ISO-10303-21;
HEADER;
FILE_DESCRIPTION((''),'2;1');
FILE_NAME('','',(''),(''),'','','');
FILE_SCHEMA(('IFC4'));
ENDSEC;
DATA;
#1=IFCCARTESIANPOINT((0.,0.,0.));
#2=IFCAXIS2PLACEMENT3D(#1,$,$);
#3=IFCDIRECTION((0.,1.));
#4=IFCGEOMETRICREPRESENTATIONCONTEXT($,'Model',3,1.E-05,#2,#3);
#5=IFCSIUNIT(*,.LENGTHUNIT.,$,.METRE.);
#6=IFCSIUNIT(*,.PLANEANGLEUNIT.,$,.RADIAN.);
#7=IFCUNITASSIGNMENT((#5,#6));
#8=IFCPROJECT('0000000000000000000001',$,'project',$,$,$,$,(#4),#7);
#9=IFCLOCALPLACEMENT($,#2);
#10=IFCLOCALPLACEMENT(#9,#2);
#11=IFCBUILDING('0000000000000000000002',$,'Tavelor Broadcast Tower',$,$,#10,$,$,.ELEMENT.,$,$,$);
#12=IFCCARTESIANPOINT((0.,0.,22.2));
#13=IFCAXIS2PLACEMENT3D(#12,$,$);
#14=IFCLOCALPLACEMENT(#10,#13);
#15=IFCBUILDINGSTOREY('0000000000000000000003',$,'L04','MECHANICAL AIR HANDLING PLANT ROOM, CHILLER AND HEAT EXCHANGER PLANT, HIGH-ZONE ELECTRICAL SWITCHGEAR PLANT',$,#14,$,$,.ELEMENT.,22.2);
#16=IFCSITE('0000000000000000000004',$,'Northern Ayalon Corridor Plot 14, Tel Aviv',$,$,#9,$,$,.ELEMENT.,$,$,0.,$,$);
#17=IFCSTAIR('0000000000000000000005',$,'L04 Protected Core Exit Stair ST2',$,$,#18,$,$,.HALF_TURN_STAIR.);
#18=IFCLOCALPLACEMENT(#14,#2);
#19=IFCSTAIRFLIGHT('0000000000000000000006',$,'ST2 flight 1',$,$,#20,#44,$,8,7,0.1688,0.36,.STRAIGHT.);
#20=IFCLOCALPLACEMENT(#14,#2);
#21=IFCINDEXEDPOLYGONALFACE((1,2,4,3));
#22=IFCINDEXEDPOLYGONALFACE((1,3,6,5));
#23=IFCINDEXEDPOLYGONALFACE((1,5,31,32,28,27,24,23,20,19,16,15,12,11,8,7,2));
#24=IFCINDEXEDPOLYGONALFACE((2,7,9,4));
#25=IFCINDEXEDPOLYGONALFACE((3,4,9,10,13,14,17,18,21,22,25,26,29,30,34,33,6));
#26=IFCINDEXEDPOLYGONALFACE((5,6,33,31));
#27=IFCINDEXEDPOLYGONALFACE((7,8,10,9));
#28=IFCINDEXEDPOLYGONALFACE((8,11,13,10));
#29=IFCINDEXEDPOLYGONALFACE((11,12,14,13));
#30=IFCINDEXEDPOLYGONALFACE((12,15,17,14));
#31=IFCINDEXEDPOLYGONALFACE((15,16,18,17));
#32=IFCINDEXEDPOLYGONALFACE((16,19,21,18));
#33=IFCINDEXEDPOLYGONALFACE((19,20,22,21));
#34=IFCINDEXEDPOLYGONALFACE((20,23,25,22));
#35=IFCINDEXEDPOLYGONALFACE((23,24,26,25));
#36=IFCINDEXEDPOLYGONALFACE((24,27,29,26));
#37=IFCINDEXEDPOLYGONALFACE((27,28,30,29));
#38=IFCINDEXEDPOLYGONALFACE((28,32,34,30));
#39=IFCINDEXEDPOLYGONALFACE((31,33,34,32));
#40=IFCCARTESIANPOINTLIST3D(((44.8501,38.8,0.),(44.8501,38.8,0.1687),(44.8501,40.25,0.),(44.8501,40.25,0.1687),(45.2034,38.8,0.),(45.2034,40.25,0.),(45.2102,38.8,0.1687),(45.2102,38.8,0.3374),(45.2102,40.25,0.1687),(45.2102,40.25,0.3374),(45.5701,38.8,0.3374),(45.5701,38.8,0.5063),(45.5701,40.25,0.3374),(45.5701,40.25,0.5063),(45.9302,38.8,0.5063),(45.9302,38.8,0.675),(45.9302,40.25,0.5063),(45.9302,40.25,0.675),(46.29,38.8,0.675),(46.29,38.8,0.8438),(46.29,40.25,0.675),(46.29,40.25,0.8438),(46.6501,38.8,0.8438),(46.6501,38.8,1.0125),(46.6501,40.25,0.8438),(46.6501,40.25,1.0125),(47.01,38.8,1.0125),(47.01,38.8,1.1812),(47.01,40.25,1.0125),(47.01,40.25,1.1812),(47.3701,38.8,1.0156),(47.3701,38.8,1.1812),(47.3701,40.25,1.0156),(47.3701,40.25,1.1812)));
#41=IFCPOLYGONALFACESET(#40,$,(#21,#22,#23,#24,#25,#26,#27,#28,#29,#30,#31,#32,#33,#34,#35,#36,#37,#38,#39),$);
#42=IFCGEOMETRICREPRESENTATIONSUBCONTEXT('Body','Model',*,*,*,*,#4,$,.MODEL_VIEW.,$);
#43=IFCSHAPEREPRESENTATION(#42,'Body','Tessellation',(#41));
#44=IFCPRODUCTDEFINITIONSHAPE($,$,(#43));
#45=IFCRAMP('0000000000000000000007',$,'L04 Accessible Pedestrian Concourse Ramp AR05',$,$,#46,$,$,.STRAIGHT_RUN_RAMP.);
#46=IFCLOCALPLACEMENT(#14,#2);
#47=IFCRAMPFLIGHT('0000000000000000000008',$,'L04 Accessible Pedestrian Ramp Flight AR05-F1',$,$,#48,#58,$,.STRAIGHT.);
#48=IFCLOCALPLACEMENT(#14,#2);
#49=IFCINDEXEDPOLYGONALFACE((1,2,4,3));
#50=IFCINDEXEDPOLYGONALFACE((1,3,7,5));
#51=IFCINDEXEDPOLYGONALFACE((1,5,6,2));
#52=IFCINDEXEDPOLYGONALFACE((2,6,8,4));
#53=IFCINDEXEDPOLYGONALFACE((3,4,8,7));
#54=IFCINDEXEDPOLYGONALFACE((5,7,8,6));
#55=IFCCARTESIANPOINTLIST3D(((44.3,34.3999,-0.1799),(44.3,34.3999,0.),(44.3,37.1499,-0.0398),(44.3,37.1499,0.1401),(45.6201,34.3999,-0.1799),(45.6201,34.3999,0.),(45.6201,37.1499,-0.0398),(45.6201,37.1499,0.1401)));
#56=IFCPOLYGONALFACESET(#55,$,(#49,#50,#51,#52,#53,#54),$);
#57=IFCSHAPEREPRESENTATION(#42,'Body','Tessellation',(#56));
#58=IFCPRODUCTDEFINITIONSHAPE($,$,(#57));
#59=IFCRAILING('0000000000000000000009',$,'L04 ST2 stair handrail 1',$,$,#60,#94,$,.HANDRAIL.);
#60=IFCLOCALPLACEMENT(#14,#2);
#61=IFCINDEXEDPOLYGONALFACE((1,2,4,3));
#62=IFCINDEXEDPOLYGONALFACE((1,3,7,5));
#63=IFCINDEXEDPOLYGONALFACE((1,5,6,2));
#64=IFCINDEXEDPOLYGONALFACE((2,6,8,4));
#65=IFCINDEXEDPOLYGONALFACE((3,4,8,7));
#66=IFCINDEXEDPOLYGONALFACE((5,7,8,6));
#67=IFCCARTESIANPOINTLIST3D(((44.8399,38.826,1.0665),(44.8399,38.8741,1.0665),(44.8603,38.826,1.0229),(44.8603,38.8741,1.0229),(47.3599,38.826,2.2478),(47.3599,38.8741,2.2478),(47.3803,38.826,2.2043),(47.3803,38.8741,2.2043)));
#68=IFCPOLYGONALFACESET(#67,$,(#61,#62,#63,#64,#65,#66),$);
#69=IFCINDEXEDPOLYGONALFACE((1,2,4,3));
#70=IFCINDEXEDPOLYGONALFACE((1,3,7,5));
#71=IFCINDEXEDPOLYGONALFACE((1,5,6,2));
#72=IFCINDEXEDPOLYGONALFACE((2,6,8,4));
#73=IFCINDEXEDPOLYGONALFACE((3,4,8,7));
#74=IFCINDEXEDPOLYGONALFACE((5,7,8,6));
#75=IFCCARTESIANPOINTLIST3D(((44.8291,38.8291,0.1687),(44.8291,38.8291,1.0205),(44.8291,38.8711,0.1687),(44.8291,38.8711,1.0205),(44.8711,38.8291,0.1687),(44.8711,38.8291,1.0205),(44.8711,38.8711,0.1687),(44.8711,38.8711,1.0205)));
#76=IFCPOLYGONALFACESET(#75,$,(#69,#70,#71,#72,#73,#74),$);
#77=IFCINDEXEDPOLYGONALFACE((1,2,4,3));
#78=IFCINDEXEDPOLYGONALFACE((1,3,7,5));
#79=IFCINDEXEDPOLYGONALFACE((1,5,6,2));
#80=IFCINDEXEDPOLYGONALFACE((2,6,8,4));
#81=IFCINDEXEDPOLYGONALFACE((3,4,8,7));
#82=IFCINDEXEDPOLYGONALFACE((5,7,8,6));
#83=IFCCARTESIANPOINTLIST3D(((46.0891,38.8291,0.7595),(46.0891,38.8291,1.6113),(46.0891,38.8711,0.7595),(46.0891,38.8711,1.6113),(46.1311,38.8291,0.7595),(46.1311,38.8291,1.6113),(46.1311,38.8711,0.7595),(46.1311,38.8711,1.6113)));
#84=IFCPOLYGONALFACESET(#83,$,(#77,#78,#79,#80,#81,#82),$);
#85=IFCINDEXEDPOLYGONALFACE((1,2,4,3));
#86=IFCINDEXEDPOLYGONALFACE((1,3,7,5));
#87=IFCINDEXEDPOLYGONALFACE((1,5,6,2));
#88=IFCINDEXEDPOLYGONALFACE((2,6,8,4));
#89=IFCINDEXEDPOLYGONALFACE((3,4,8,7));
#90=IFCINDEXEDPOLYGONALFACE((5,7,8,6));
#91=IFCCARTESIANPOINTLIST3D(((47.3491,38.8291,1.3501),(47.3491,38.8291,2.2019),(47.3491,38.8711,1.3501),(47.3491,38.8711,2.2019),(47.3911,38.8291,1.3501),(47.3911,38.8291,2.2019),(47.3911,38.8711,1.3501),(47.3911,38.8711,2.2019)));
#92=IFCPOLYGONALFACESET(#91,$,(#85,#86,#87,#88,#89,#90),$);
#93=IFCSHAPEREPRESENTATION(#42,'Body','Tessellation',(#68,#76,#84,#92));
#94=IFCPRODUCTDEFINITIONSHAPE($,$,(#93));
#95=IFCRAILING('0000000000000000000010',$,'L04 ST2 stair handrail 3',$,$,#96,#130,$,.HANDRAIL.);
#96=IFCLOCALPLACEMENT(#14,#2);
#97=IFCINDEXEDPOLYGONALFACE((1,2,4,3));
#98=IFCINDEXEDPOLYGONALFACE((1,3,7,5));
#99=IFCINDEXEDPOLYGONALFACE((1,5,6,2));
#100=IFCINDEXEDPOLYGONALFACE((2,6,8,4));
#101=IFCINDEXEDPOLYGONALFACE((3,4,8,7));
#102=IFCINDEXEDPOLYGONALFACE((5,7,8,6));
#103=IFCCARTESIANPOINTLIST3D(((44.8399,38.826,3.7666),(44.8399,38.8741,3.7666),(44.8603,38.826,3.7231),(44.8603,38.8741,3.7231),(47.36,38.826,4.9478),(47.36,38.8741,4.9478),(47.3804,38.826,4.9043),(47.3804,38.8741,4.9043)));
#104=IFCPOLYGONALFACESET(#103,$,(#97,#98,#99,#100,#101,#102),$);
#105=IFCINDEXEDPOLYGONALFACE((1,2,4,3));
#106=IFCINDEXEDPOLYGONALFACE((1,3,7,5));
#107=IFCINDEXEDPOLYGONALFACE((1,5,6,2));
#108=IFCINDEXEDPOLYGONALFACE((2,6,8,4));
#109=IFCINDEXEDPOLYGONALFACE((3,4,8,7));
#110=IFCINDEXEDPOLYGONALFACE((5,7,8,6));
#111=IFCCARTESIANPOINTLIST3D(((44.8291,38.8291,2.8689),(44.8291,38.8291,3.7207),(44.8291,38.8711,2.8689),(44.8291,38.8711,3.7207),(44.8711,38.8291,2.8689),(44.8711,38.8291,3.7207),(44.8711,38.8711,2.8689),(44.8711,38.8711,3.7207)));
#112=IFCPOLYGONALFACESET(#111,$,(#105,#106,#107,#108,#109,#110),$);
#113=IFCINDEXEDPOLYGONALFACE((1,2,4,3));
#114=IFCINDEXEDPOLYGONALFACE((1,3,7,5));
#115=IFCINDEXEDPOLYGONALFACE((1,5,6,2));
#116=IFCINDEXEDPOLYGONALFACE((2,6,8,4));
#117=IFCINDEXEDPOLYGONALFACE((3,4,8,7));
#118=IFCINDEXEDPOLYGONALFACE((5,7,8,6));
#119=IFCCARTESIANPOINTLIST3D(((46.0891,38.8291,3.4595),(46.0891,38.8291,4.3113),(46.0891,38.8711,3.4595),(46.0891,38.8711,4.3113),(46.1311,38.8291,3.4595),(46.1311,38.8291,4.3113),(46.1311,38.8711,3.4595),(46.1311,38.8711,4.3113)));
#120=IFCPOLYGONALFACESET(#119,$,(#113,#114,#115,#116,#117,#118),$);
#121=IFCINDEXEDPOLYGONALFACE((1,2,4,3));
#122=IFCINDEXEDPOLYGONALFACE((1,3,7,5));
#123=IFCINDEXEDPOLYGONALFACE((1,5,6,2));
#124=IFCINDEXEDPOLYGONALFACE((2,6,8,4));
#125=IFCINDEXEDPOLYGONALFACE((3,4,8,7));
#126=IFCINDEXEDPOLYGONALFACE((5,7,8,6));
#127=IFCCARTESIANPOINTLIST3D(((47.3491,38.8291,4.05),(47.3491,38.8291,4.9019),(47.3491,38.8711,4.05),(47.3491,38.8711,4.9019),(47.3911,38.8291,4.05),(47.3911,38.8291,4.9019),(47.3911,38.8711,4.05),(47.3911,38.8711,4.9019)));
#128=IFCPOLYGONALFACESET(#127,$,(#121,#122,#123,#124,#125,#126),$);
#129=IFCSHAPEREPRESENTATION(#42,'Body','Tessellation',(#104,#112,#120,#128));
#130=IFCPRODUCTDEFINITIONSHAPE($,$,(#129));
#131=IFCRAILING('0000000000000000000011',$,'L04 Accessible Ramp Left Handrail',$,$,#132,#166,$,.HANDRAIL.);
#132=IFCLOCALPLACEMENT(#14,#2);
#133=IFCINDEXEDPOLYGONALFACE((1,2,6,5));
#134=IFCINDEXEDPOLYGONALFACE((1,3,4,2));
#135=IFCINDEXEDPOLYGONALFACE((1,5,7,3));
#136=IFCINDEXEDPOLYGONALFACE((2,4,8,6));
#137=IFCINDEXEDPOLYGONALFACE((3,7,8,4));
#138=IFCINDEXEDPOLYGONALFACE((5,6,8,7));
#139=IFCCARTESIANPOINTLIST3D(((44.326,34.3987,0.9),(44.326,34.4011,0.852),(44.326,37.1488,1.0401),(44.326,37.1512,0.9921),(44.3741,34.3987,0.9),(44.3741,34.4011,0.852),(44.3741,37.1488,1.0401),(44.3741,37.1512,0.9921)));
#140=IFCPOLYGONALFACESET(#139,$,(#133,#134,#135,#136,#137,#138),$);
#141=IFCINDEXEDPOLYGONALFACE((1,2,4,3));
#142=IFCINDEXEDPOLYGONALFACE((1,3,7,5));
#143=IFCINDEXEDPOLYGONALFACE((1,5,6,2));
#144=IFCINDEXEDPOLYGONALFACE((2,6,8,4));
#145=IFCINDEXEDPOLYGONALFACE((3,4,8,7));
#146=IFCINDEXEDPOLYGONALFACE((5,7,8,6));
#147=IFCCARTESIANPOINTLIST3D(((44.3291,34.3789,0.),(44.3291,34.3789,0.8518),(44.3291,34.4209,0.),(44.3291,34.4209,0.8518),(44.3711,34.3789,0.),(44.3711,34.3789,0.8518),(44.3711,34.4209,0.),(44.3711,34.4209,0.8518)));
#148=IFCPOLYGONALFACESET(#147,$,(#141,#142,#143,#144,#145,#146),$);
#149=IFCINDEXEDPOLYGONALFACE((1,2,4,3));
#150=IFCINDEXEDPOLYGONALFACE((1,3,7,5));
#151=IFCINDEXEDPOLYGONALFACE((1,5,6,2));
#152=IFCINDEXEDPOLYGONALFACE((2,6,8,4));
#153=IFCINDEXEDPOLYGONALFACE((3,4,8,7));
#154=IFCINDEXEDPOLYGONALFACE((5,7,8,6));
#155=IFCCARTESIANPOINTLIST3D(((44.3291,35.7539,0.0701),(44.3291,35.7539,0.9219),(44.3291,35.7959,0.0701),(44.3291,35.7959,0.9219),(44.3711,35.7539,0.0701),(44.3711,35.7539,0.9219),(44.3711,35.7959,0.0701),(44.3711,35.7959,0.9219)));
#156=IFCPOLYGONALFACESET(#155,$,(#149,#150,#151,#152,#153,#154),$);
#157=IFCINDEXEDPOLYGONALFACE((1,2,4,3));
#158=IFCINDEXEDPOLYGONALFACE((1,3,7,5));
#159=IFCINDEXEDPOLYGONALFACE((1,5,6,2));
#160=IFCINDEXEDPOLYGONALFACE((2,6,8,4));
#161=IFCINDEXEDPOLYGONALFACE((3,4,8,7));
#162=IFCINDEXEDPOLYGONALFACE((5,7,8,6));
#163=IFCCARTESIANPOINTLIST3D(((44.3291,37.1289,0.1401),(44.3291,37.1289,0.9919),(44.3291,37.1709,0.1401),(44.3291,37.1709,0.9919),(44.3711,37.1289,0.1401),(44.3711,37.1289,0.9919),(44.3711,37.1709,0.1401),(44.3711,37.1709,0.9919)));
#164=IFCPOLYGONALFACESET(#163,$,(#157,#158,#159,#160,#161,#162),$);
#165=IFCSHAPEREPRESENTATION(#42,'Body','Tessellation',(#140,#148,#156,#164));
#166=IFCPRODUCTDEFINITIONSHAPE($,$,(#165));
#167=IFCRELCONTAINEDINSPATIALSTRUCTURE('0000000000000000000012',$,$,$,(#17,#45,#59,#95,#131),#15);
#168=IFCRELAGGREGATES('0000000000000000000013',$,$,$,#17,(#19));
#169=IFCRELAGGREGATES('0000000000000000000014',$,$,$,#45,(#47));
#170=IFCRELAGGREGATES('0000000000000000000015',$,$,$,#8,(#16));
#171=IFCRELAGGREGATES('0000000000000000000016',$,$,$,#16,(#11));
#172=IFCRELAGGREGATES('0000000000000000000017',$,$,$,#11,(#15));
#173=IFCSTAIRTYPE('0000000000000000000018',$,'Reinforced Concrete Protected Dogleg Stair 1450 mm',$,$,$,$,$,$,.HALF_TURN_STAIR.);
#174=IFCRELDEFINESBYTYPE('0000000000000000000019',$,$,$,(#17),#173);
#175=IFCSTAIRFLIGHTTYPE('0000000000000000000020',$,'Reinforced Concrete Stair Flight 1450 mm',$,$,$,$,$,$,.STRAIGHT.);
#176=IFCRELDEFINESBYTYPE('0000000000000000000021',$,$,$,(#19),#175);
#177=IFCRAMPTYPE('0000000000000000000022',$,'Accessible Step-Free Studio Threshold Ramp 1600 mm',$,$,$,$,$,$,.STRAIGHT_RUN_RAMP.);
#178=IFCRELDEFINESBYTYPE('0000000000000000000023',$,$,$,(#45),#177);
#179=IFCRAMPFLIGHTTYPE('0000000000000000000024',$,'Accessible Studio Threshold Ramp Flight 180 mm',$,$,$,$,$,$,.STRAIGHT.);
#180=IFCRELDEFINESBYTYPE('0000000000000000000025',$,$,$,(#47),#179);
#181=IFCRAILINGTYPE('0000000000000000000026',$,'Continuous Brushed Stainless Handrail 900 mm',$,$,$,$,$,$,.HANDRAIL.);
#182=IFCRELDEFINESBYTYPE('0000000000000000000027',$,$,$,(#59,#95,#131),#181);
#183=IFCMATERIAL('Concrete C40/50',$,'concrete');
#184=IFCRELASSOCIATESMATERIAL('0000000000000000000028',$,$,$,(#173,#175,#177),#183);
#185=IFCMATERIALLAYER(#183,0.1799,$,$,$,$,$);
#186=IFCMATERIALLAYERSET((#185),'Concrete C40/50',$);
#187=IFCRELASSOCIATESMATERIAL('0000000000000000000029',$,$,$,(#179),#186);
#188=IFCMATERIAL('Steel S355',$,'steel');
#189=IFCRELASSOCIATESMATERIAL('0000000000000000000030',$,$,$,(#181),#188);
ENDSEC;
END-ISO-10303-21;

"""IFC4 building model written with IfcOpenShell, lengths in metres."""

from ifc_helpers import new_model, si_unit, direction, frame, origin, origin_2d, place, context, subcontext, project, spatial, polyline, rectangle, outline, extrude, material, layer, layer_set, type_object, element, aggregate, save


model = new_model("IFC4")

# Units and contexts
model_context = context("Model", 3, precision=1e-05, world=origin(), true_north=direction((0.0, 1.0)))
body_context = subcontext(model_context, "Body", "Model", "MODEL_VIEW")
ifc_project = project(units=[si_unit("LENGTHUNIT", "METRE"), si_unit("PLANEANGLEUNIT", "RADIAN")], contexts=[model_context])

# Site, building, storey
site_placement = place(None, origin())
site = spatial("IfcSite", under=ifc_project, at=site_placement, Name="Northern Ayalon Corridor Plot 14, Tel Aviv", CompositionType="ELEMENT", RefElevation=0.0)
building_placement = place(site_placement, origin())
building = spatial("IfcBuilding", under=site, at=building_placement, Name="Tavelor Broadcast Tower", CompositionType="ELEMENT")
storey_placement = place(building_placement, frame((0.0, 0.0, 22.2)))
storey = spatial("IfcBuildingStorey", under=building, at=storey_placement, Name="L04", Description="MECHANICAL AIR HANDLING PLANT ROOM, CHILLER AND HEAT EXCHANGER PLANT, HIGH-ZONE ELECTRICAL SWITCHGEAR PLANT", CompositionType="ELEMENT", Elevation=22.2)

# Shared definitions
ifc_material_1 = material(Name="Steel S355", Category="steel")

# Shared definitions
ifc_material_2 = material(Name="Concrete C40/50", Category="concrete")

# Stair, stair flight
stair_type = type_object("IfcStairType", Name="Reinforced Concrete Protected Dogleg Stair 1450 mm", PredefinedType="HALF_TURN_STAIR", material=ifc_material_2)
stair_placement = place(storey_placement, origin())
stair = element("IfcStair", 1, at=stair_placement, inside=storey, type_object=stair_type, Name="L04 Protected Core Exit Stair ST2", PredefinedType="HALF_TURN_STAIR")
stair_flight_type = type_object("IfcStairFlightType", Name="Reinforced Concrete Stair Flight 1450 mm", PredefinedType="STRAIGHT", material=ifc_material_2)
stair_flight_placement = place(storey_placement, frame((44.8501, 39.5249, 0.0), z_axis=(0.0, 0.0, 1.0), x_axis=(1.0, 0.0, 0.0)))
stair_flight = element("IfcStairFlight", 2, at=stair_flight_placement, type_object=stair_flight_type, Name="ST2 flight 1", NumberOfRisers=8, NumberOfTreads=7, PredefinedType="STRAIGHT", RiserHeight=0.1688, TreadLength=0.36, context=body_context, shape_type="SweptSolid", body=[
    extrude(outline(polyline([(0.0, 0.0), (0.0, 0.1687), (0.3601, 0.1687), (0.3601, 0.3374), (0.72, 0.3374), (0.72, 0.5063), (1.0801, 0.5063), (1.0801, 0.675), (1.4399, 0.675), (1.4399, 0.8438), (1.8, 0.8438), (1.8, 1.0125), (2.1599, 1.0125), (2.1599, 1.1812), (2.52, 1.1812), (2.52, 1.3501), (2.52, 1.0156), (0.3533, 0.0), (0.0, 0.0)])), frame((0.0, 0.7251, 0.0), z_axis=(0.0, -1.0, 0.0), x_axis=(1.0, 0.0, 0.0)), (0.0, 0.0, 1.0), 1.45),
])
aggregate(stair, [stair_flight])

# Ramp, ramp flight
ramp_type = type_object("IfcRampType", Name="Accessible Step-Free Studio Threshold Ramp 1600 mm", PredefinedType="STRAIGHT_RUN_RAMP", material=ifc_material_2)
ramp_placement = place(storey_placement, origin())
ramp = element("IfcRamp", 3, at=ramp_placement, inside=storey, type_object=ramp_type, Name="L04 Accessible Pedestrian Concourse Ramp AR05", PredefinedType="STRAIGHT_RUN_RAMP")
ifc_layer_1 = layer(ifc_material_2, 0.1799)
ifc_layer_set_1 = layer_set([ifc_layer_1], Name="Concrete C40/50")
ramp_flight_type = type_object("IfcRampFlightType", Name="Accessible Studio Threshold Ramp Flight 180 mm", PredefinedType="STRAIGHT", material=ifc_layer_set_1)
ramp_flight_placement = place(storey_placement, frame((44.3, 34.3999, 0.0), z_axis=(0.0, 0.0, 1.0), x_axis=(0.0, 1.0, 0.0)))
ramp_flight = element("IfcRampFlight", 4, at=ramp_flight_placement, type_object=ramp_flight_type, Name="L04 Accessible Pedestrian Ramp Flight AR05-F1", PredefinedType="STRAIGHT", context=body_context, shape_type="SweptSolid", body=[
    extrude(outline(polyline([(0.0, -0.1799), (2.75, -0.0398), (2.75, 0.1401), (0.0, 0.0), (0.0, -0.1799)])), frame((0.0, 0.0, 0.0), z_axis=(0.0, -1.0, 0.0), x_axis=(1.0, 0.0, 0.0)), (0.0, 0.0, 1.0), 1.3201),
])
aggregate(ramp, [ramp_flight])

# Railings
railing_type_1 = type_object("IfcRailingType", Name="Continuous Brushed Stainless Handrail 900 mm", PredefinedType="HANDRAIL", material=ifc_material_1)
railing_1_placement = place(storey_placement, frame((44.8501, 38.8501, 0.1687)))
element("IfcRailing", 5, at=railing_1_placement, inside=storey, type_object=railing_type_1, Name="L04 ST2 stair handrail 1", PredefinedType="HANDRAIL", context=body_context, shape_type="SweptSolid", body=[
    extrude(rectangle(XDim=0.0481, YDim=0.0481, at=origin_2d()), frame((0.0, 0.0, 0.876), z_axis=(0.90544, 0.0, 0.424474), x_axis=(0.0, 1.0, 0.0)), (0.0, 0.0, 1.0), 2.7832),
    extrude(rectangle(XDim=0.042, YDim=0.042, at=origin_2d()), origin(), (0.0, 0.0, 1.0), 0.8518),
    extrude(rectangle(XDim=0.042, YDim=0.042, at=origin_2d()), frame((1.26, 0.0, 0.5908)), (0.0, 0.0, 1.0), 0.8518),
    extrude(rectangle(XDim=0.042, YDim=0.042, at=origin_2d()), frame((2.52, 0.0, 1.1814)), (0.0, 0.0, 1.0), 0.8518),
])
railing_2_placement = place(storey_placement, frame((44.8501, 38.8501, 2.8689)))
element("IfcRailing", 6, at=railing_2_placement, inside=storey, type_object=railing_type_1, Name="L04 ST2 stair handrail 3", PredefinedType="HANDRAIL", context=body_context, shape_type="SweptSolid", body=[
    extrude(rectangle(XDim=0.0481, YDim=0.0481, at=origin_2d()), frame((0.0, 0.0, 0.876), z_axis=(0.905474, 0.0, 0.424402), x_axis=(0.0, 1.0, 0.0)), (0.0, 0.0, 1.0), 2.7832),
    extrude(rectangle(XDim=0.042, YDim=0.042, at=origin_2d()), origin(), (0.0, 0.0, 1.0), 0.8518),
    extrude(rectangle(XDim=0.042, YDim=0.042, at=origin_2d()), frame((1.26, 0.0, 0.5906)), (0.0, 0.0, 1.0), 0.8518),
    extrude(rectangle(XDim=0.042, YDim=0.042, at=origin_2d()), frame((2.52, 0.0, 1.1812)), (0.0, 0.0, 1.0), 0.8518),
])
railing_3_placement = place(storey_placement, frame((44.3501, 34.3999, 0.0)))
element("IfcRailing", 7, at=railing_3_placement, inside=storey, type_object=railing_type_1, Name="L04 Accessible Ramp Left Handrail", PredefinedType="HANDRAIL", context=body_context, shape_type="SweptSolid", body=[
    extrude(rectangle(XDim=0.0481, YDim=0.0481, at=origin_2d()), frame((0.0, 0.0, 0.876), z_axis=(0.0, 0.998704, 0.050893), x_axis=(-1.0, 0.0, 0.0)), (0.0, 0.0, 1.0), 2.7537),
    extrude(rectangle(XDim=0.042, YDim=0.042, at=origin_2d()), origin(), (0.0, 0.0, 1.0), 0.8518),
    extrude(rectangle(XDim=0.042, YDim=0.042, at=origin_2d()), frame((0.0, 1.375, 0.0701)), (0.0, 0.0, 1.0), 0.8518),
    extrude(rectangle(XDim=0.042, YDim=0.042, at=origin_2d()), frame((0.0, 2.75, 0.1401)), (0.0, 0.0, 1.0), 0.8518),
])

save(model, "model.ifc")
